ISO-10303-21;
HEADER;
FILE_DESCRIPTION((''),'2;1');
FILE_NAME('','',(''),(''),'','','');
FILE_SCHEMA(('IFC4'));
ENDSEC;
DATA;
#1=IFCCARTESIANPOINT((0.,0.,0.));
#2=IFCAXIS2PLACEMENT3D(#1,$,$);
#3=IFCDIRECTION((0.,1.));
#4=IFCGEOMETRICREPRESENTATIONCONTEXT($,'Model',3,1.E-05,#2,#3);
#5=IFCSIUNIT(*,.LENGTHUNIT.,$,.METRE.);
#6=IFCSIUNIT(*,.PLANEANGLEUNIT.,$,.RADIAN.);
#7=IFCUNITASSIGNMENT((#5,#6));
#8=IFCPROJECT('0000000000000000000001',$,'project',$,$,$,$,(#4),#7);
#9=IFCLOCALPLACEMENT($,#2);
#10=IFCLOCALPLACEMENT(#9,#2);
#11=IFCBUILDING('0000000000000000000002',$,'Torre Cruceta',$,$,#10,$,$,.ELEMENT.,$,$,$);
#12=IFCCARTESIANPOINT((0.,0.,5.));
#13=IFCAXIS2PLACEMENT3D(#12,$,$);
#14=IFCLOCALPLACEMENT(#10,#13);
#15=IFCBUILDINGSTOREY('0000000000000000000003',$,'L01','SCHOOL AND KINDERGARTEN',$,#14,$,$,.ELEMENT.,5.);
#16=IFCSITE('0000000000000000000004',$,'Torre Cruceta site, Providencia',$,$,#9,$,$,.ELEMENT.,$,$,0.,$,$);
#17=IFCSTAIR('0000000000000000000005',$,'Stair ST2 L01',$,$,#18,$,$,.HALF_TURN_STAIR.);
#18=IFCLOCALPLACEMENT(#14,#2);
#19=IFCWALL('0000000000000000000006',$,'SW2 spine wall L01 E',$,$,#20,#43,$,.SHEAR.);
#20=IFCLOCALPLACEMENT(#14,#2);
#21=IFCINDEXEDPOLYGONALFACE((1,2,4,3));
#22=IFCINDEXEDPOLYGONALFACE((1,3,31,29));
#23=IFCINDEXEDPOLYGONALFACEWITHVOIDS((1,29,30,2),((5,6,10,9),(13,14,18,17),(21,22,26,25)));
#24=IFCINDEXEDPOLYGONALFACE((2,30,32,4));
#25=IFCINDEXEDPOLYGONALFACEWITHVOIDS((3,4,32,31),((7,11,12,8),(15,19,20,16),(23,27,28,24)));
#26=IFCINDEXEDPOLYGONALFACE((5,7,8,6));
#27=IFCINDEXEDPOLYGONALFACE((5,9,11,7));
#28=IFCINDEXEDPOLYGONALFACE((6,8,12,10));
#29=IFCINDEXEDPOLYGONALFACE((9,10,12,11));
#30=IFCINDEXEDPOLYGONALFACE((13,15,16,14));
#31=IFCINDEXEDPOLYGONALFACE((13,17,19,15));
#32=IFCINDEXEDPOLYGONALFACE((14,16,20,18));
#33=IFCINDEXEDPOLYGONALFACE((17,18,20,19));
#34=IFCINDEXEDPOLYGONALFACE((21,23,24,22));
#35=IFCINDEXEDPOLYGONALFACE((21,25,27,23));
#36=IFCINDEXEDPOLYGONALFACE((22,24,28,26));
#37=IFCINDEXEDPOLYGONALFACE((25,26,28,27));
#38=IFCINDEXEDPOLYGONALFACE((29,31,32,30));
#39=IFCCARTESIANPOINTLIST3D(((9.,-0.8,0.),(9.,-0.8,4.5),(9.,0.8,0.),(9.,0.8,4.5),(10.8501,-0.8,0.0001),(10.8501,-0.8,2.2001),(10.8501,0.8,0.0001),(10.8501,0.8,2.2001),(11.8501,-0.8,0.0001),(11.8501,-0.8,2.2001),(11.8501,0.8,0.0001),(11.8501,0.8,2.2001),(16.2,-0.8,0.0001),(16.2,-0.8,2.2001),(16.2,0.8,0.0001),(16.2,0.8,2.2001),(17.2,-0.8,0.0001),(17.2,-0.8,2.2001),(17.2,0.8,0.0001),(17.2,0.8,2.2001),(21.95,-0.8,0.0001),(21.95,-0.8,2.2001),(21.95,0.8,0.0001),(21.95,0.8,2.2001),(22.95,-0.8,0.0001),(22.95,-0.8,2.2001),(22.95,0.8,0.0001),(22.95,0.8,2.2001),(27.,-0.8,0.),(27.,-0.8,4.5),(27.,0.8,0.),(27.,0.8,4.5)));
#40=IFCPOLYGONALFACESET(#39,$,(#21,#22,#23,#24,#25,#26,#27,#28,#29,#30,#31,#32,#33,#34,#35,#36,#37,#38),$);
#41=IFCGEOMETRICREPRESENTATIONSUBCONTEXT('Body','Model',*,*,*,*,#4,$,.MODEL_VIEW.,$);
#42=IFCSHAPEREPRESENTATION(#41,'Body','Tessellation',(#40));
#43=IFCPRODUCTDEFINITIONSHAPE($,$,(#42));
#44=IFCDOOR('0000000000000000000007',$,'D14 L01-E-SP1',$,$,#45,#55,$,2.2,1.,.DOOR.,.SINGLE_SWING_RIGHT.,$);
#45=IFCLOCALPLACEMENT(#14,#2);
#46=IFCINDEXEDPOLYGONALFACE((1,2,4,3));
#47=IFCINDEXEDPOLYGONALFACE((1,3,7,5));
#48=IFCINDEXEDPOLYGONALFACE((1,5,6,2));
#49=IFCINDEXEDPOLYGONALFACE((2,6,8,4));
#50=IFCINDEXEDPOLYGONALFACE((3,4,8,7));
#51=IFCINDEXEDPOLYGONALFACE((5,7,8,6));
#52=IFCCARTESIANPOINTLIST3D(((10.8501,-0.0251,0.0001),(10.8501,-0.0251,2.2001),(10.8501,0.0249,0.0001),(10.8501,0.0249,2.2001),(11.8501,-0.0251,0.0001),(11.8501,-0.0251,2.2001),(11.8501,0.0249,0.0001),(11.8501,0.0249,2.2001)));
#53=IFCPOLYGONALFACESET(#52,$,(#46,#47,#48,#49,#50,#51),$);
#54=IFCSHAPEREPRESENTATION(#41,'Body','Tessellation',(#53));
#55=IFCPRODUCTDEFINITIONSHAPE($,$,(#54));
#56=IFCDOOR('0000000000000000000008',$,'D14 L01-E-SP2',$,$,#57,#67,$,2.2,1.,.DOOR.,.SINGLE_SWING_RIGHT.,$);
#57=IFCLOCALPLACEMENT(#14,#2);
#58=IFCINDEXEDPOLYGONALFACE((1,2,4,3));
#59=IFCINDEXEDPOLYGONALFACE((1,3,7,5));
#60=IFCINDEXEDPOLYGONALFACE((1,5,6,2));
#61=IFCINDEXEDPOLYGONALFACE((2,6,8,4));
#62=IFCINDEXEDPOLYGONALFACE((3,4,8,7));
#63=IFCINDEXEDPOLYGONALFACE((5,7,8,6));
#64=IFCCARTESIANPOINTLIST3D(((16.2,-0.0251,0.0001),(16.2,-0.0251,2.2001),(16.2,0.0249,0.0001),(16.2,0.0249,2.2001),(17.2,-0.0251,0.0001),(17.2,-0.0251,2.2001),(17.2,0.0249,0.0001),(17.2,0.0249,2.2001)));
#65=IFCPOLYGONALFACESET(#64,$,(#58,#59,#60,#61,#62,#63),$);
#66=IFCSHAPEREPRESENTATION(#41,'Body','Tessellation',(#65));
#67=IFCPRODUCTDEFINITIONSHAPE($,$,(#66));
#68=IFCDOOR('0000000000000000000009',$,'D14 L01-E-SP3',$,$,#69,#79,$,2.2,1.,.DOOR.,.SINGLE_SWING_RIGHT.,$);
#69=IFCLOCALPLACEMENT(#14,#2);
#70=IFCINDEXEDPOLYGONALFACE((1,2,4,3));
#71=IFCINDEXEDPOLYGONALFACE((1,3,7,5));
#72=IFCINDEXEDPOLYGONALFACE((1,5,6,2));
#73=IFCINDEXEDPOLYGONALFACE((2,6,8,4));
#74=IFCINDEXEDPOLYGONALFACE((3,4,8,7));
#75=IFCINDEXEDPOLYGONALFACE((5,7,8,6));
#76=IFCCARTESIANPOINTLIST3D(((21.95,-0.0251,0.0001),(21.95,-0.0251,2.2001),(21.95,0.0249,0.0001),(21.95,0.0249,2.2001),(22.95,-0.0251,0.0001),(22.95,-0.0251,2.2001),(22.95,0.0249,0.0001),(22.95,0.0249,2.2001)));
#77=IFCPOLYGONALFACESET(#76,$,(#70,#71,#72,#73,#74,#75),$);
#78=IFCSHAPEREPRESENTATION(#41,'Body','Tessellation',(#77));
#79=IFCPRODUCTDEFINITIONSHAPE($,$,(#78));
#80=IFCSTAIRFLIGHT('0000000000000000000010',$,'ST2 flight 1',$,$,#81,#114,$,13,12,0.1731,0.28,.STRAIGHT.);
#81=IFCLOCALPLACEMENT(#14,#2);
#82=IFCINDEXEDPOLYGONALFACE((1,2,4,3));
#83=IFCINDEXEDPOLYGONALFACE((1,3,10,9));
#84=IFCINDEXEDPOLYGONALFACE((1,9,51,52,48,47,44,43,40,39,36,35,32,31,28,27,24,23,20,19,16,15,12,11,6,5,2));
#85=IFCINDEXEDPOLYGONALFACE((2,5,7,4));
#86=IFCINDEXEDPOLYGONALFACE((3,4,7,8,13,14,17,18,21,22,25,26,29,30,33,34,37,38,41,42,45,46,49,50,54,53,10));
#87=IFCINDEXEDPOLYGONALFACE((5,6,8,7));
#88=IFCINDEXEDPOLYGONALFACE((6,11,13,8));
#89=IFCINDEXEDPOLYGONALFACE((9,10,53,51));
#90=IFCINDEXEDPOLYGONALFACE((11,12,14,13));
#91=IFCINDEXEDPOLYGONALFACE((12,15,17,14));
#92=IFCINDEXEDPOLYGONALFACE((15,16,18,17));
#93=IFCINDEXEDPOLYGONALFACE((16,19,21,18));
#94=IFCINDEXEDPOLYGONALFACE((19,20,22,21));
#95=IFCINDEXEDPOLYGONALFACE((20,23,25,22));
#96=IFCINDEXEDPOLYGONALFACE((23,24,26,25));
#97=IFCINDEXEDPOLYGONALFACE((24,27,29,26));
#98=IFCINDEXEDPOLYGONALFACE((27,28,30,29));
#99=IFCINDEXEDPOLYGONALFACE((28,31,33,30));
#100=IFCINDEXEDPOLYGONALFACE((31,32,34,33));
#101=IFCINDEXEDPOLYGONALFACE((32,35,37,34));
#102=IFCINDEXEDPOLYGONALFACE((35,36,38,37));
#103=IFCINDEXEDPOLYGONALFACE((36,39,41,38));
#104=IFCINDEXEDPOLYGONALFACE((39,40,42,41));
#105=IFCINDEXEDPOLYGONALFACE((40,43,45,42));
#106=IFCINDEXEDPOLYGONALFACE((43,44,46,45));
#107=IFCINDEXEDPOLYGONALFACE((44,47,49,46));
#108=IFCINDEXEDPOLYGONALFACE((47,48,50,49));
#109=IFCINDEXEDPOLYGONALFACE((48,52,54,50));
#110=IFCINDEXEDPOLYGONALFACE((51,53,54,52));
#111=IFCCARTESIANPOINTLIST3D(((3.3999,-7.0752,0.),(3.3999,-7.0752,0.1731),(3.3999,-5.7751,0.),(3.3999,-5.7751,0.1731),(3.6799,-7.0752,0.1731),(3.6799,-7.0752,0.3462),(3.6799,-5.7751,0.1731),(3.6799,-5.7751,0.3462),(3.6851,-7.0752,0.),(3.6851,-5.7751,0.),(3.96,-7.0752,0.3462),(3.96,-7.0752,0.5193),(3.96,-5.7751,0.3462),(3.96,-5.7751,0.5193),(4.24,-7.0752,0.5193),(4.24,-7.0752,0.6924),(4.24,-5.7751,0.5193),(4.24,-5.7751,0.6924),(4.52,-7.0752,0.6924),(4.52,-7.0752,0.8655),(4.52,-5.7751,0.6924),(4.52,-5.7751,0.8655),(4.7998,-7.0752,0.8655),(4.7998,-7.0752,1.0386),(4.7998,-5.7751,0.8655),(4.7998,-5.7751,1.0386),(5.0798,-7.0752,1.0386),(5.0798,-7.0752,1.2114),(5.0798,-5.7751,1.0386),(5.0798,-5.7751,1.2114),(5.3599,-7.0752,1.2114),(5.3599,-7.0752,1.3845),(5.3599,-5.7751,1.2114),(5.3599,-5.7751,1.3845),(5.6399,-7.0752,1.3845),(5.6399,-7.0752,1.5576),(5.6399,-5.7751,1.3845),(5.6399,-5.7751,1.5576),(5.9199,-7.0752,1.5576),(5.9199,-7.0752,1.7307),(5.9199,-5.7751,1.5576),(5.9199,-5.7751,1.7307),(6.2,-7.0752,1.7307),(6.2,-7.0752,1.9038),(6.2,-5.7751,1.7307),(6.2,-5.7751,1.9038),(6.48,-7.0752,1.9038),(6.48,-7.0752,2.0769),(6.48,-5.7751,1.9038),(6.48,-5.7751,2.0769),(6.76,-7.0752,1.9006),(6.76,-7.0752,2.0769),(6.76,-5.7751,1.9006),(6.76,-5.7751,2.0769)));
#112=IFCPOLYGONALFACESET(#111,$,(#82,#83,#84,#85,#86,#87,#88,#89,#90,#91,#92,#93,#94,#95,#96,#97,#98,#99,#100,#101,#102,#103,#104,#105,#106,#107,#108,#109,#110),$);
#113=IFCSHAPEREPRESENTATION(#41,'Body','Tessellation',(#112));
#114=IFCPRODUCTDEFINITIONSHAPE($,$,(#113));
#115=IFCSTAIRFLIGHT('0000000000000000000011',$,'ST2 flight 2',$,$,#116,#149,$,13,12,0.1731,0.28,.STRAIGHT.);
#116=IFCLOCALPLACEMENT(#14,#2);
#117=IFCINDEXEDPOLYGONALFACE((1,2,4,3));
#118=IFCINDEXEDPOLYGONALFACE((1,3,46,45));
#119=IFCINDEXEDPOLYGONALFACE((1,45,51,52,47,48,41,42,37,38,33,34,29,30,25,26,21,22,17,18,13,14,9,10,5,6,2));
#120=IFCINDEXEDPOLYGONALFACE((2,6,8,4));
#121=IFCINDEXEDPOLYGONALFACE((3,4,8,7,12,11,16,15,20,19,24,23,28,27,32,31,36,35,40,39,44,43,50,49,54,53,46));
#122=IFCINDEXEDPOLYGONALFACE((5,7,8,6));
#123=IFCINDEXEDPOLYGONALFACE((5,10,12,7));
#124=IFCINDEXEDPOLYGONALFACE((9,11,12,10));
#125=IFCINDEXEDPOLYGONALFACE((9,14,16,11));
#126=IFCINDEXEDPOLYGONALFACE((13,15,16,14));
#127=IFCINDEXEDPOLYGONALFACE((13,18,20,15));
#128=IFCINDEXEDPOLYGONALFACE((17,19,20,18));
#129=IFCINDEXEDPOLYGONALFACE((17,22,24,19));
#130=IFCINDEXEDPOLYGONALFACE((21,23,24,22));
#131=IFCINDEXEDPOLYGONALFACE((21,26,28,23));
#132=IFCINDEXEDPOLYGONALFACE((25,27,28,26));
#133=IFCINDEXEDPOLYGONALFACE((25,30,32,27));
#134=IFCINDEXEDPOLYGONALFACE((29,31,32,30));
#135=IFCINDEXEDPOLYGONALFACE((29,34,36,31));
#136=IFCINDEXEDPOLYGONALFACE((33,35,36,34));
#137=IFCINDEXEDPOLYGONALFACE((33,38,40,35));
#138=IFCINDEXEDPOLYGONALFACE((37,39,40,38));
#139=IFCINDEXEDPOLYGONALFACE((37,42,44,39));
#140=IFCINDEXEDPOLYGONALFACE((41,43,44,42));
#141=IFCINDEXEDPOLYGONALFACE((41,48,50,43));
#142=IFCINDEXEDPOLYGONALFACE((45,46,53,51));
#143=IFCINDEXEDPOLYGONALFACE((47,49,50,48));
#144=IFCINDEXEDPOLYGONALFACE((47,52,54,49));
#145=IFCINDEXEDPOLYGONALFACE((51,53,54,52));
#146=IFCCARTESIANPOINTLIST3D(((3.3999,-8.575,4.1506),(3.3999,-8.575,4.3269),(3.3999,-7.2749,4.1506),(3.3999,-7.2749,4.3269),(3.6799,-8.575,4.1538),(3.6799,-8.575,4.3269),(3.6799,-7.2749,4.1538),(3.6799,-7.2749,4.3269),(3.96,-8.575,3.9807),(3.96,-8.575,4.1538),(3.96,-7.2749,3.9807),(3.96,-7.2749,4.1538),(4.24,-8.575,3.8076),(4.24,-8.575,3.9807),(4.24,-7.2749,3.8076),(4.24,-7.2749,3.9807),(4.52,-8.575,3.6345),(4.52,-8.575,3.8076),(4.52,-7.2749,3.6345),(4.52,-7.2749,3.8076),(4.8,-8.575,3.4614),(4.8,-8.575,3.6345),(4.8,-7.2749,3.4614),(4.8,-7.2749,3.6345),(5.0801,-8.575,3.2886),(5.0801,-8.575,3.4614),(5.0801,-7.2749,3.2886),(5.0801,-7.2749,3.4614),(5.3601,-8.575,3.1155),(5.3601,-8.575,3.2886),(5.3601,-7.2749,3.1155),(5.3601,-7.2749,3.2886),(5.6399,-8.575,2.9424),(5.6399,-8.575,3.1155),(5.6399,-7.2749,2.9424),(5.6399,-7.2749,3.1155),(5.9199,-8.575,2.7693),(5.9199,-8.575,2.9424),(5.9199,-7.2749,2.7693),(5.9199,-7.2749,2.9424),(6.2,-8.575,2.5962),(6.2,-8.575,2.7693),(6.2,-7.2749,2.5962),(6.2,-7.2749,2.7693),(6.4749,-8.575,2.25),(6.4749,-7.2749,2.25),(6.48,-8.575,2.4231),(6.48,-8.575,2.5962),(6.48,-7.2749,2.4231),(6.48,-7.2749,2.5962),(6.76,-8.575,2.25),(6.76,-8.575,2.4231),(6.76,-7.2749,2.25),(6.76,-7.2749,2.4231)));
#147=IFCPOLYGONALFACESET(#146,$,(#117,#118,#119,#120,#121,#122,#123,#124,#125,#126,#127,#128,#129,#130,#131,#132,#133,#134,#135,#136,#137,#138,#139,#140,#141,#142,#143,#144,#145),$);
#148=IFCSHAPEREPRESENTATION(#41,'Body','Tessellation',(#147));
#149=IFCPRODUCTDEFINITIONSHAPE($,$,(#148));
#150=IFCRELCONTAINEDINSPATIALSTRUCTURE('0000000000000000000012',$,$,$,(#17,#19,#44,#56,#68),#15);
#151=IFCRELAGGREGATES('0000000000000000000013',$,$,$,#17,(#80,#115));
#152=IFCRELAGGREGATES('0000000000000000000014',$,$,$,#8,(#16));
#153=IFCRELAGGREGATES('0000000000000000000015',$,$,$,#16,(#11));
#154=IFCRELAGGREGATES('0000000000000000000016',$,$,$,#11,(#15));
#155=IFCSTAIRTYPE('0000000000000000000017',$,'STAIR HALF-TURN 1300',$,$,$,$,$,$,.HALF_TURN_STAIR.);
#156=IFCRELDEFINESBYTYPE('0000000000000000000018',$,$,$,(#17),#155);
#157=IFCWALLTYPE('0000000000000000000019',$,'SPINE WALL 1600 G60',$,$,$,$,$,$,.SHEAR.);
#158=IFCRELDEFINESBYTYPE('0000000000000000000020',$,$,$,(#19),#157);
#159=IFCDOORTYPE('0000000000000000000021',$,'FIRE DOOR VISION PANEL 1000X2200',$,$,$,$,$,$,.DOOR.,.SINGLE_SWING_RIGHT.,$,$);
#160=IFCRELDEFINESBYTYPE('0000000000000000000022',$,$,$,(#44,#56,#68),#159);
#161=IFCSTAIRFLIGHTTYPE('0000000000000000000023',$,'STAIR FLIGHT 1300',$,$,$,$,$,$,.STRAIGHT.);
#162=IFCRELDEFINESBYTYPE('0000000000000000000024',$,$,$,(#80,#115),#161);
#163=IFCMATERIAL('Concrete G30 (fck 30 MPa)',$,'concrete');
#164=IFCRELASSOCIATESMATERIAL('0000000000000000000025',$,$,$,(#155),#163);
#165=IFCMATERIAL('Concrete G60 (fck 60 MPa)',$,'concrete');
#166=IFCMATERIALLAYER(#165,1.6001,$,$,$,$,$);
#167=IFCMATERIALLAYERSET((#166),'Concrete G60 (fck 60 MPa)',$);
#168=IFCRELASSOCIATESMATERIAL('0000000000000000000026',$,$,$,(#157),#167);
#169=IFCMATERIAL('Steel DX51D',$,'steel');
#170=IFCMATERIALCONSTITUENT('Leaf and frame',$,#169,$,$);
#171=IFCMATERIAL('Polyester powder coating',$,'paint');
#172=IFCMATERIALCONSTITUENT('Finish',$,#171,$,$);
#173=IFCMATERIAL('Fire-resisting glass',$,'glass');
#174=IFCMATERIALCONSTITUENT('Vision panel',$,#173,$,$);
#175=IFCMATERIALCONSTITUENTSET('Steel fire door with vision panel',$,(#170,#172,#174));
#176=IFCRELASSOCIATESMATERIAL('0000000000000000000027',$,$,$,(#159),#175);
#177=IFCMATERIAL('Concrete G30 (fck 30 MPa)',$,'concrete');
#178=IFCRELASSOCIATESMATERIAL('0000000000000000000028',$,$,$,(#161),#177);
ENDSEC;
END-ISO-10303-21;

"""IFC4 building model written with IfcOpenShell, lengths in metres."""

from ifc_helpers import new_model, si_unit, direction, frame, frame_2d, origin, place, context, subcontext, project, spatial, polyline, rectangle, outline, extrude, material, layer, layer_set, constituent, constituent_set, type_object, element, fill, aggregate, save


model = new_model("IFC4")

# Units and contexts
model_context = context("Model", 3, precision=1e-05, world=origin(), true_north=direction((0.0, 1.0)))
body_context = subcontext(model_context, "Body", "Model", "MODEL_VIEW")
ifc_project = project(units=[si_unit("LENGTHUNIT", "METRE"), si_unit("PLANEANGLEUNIT", "RADIAN")], contexts=[model_context])

# Site, building, storey
site_placement = place(None, origin())
site = spatial("IfcSite", under=ifc_project, at=site_placement, Name="Torre Cruceta site, Providencia", CompositionType="ELEMENT", RefElevation=0.0)
building_placement = place(site_placement, origin())
building = spatial("IfcBuilding", under=site, at=building_placement, Name="Torre Cruceta", CompositionType="ELEMENT")
storey_placement = place(building_placement, frame((0.0, 0.0, 5.0)))
storey = spatial("IfcBuildingStorey", under=building, at=storey_placement, Name="L01", Description="SCHOOL AND KINDERGARTEN", CompositionType="ELEMENT", Elevation=5.0)

# Stair
ifc_material_1 = material(Name="Concrete G30 (fck 30 MPa)", Category="concrete")
stair_type = type_object("IfcStairType", Name="STAIR HALF-TURN 1300", PredefinedType="HALF_TURN_STAIR", material=ifc_material_1)
stair_1_placement = place(storey_placement, origin())
stair_1 = element("IfcStair", 1, at=stair_1_placement, inside=storey, type_object=stair_type, Name="Stair ST2 L01", PredefinedType="HALF_TURN_STAIR")

# Wall, openings, doors
ifc_material_2 = material(Name="Concrete G60 (fck 60 MPa)", Category="concrete")
ifc_layer_1 = layer(ifc_material_2, 1.6001)
ifc_layer_set_1 = layer_set([ifc_layer_1], Name="Concrete G60 (fck 60 MPa)")
wall_type_1 = type_object("IfcWallType", Name="SPINE WALL 1600 G60", PredefinedType="SHEAR", material=ifc_layer_set_1)
wall_1_placement = place(storey_placement, frame((9.0, 0.0, 0.0), z_axis=(0.0, 0.0, 1.0), x_axis=(1.0, 0.0, 0.0)))
wall_1 = element("IfcWall", 2, at=wall_1_placement, inside=storey, type_object=wall_type_1, Name="SW2 spine wall L01 E", PredefinedType="SHEAR", context=body_context, shape_type="SweptSolid", body=[
    extrude(rectangle(XDim=18.0, YDim=1.6001, at=frame_2d((9.0, 0.0))), origin(), (0.0, 0.0, 1.0), 4.5),
])
opening_1_placement = place(wall_1_placement, frame((1.8501, 0.0, 0.0)))
opening_1 = element("IfcOpeningElement", 3, at=opening_1_placement, cuts=wall_1, PredefinedType="OPENING", context=body_context, shape_type="SweptSolid", body=[
    extrude(rectangle(XDim=1.0, YDim=2.2, at=frame_2d((0.5, 1.1001))), frame((0.0, 0.8101, 0.0), z_axis=(0.0, -1.0, 0.0), x_axis=(1.0, 0.0, 0.0)), (0.0, 0.0, 1.0), 1.6201),
])
opening_2_placement = place(wall_1_placement, frame((7.2, 0.0, 0.0)))
opening_2 = element("IfcOpeningElement", 4, at=opening_2_placement, cuts=wall_1, PredefinedType="OPENING", context=body_context, shape_type="SweptSolid", body=[
    extrude(rectangle(XDim=1.0, YDim=2.2, at=frame_2d((0.5, 1.1001))), frame((0.0, 0.8101, 0.0), z_axis=(0.0, -1.0, 0.0), x_axis=(1.0, 0.0, 0.0)), (0.0, 0.0, 1.0), 1.6201),
])
opening_3_placement = place(wall_1_placement, frame((12.95, 0.0, 0.0)))
opening_3 = element("IfcOpeningElement", 5, at=opening_3_placement, cuts=wall_1, PredefinedType="OPENING", context=body_context, shape_type="SweptSolid", body=[
    extrude(rectangle(XDim=1.0, YDim=2.2, at=frame_2d((0.5, 1.1001))), frame((0.0, 0.8101, 0.0), z_axis=(0.0, -1.0, 0.0), x_axis=(1.0, 0.0, 0.0)), (0.0, 0.0, 1.0), 1.6201),
])
ifc_material_3 = material(Name="Steel DX51D", Category="steel")
ifc_constituent_1 = constituent(ifc_material_3, Name="Leaf and frame")
ifc_material_4 = material(Name="Polyester powder coating", Category="paint")
ifc_constituent_2 = constituent(ifc_material_4, Name="Finish")
ifc_material_5 = material(Name="Fire-resisting glass", Category="glass")
ifc_constituent_3 = constituent(ifc_material_5, Name="Vision panel")
ifc_constituent_set_1 = constituent_set(constituents=[ifc_constituent_1, ifc_constituent_2, ifc_constituent_3], Name="Steel fire door with vision panel")
door_type_1 = type_object("IfcDoorType", Name="FIRE DOOR VISION PANEL 1000X2200", OperationType="SINGLE_SWING_RIGHT", PredefinedType="DOOR", material=ifc_constituent_set_1)
door_1_placement = place(opening_1_placement, frame((1.0, 0.0, 0.0), z_axis=(0.0, 0.0, 1.0), x_axis=(-1.0, 0.0, 0.0)))
door_1 = element("IfcDoor", 6, at=door_1_placement, inside=storey, type_object=door_type_1, Name="D14 L01-E-SP1", OperationType="SINGLE_SWING_RIGHT", OverallHeight=2.2, OverallWidth=1.0, PredefinedType="DOOR", context=body_context, shape_type="SweptSolid", body=[
    extrude(rectangle(XDim=1.0, YDim=2.2, at=frame_2d((0.5, 1.1001))), frame((0.0, 0.0251, 0.0), z_axis=(0.0, -1.0, 0.0), x_axis=(1.0, 0.0, 0.0)), (0.0, 0.0, 1.0), 0.05),
])
fill(opening_1, door_1)
door_2_placement = place(opening_2_placement, frame((1.0, 0.0, 0.0), z_axis=(0.0, 0.0, 1.0), x_axis=(-1.0, 0.0, 0.0)))
door_2 = element("IfcDoor", 7, at=door_2_placement, inside=storey, type_object=door_type_1, Name="D14 L01-E-SP2", OperationType="SINGLE_SWING_RIGHT", OverallHeight=2.2, OverallWidth=1.0, PredefinedType="DOOR", context=body_context, shape_type="SweptSolid", body=[
    extrude(rectangle(XDim=1.0, YDim=2.2, at=frame_2d((0.5, 1.1001))), frame((0.0, 0.0251, 0.0), z_axis=(0.0, -1.0, 0.0), x_axis=(1.0, 0.0, 0.0)), (0.0, 0.0, 1.0), 0.05),
])
fill(opening_2, door_2)
door_3_placement = place(opening_3_placement, origin())
door_3 = element("IfcDoor", 8, at=door_3_placement, inside=storey, type_object=door_type_1, Name="D14 L01-E-SP3", OperationType="SINGLE_SWING_RIGHT", OverallHeight=2.2, OverallWidth=1.0, PredefinedType="DOOR", context=body_context, shape_type="SweptSolid", body=[
    extrude(rectangle(XDim=1.0, YDim=2.2, at=frame_2d((0.5, 1.1001))), frame((0.0, 0.0249, 0.0), z_axis=(0.0, -1.0, 0.0), x_axis=(1.0, 0.0, 0.0)), (0.0, 0.0, 1.0), 0.05),
])
fill(opening_3, door_3)

# Stair flights
ifc_material_6 = material(Name="Concrete G30 (fck 30 MPa)", Category="concrete")
stair_flight_type = type_object("IfcStairFlightType", Name="STAIR FLIGHT 1300", PredefinedType="STRAIGHT", material=ifc_material_6)
stair_flight_1_placement = place(storey_placement, frame((3.3999, -6.425, 0.0), z_axis=(0.0, 0.0, 1.0), x_axis=(1.0, 0.0, 0.0)))
stair_flight_1 = element("IfcStairFlight", 9, at=stair_flight_1_placement, type_object=stair_flight_type, Name="ST2 flight 1", NumberOfRisers=13, NumberOfTreads=12, PredefinedType="STRAIGHT", RiserHeight=0.1731, TreadLength=0.28, context=body_context, shape_type="SweptSolid", body=[
    extrude(outline(polyline([(0.0, 0.0), (0.0, 0.1731), (0.28, 0.1731), (0.28, 0.3462), (0.5601, 0.3462), (0.5601, 0.5193), (0.8401, 0.5193), (0.8401, 0.6924), (1.1201, 0.6924), (1.1201, 0.8655), (1.3999, 0.8655), (1.3999, 1.0386), (1.6799, 1.0386), (1.6799, 1.2114), (1.96, 1.2114), (1.96, 1.3845), (2.24, 1.3845), (2.24, 1.5576), (2.52, 1.5576), (2.52, 1.7307), (2.8, 1.7307), (2.8, 1.9038), (3.0801, 1.9038), (3.0801, 2.0769), (3.3601, 2.0769), (3.3601, 2.25), (3.3601, 1.9006), (0.2852, 0.0), (0.0, 0.0)])), frame((0.0, 0.6499, 0.0), z_axis=(0.0, -1.0, 0.0), x_axis=(1.0, 0.0, 0.0)), (0.0, 0.0, 1.0), 1.3),
])
stair_flight_2_placement = place(storey_placement, frame((6.76, -7.925, 2.25), z_axis=(0.0, 0.0, 1.0), x_axis=(-1.0, 0.0, 0.0)))
stair_flight_2 = element("IfcStairFlight", 10, at=stair_flight_2_placement, type_object=stair_flight_type, Name="ST2 flight 2", NumberOfRisers=13, NumberOfTreads=12, PredefinedType="STRAIGHT", RiserHeight=0.1731, TreadLength=0.28, context=body_context, shape_type="SweptSolid", body=[
    extrude(outline(polyline([(0.0, 0.0), (0.0, 0.1731), (0.28, 0.1731), (0.28, 0.3462), (0.5601, 0.3462), (0.5601, 0.5193), (0.8401, 0.5193), (0.8401, 0.6924), (1.1201, 0.6924), (1.1201, 0.8655), (1.3999, 0.8655), (1.3999, 1.0386), (1.6799, 1.0386), (1.6799, 1.2114), (1.96, 1.2114), (1.96, 1.3845), (2.24, 1.3845), (2.24, 1.5576), (2.52, 1.5576), (2.52, 1.7307), (2.8, 1.7307), (2.8, 1.9038), (3.0801, 1.9038), (3.0801, 2.0769), (3.3601, 2.0769), (3.3601, 2.25), (3.3601, 1.9006), (0.2852, 0.0), (0.0, 0.0)])), frame((0.0, 0.6499, 0.0), z_axis=(0.0, -1.0, 0.0), x_axis=(1.0, 0.0, 0.0)), (0.0, 0.0, 1.0), 1.3),
])
aggregate(stair_1, [stair_flight_1, stair_flight_2])

save(model, "model.ifc")
